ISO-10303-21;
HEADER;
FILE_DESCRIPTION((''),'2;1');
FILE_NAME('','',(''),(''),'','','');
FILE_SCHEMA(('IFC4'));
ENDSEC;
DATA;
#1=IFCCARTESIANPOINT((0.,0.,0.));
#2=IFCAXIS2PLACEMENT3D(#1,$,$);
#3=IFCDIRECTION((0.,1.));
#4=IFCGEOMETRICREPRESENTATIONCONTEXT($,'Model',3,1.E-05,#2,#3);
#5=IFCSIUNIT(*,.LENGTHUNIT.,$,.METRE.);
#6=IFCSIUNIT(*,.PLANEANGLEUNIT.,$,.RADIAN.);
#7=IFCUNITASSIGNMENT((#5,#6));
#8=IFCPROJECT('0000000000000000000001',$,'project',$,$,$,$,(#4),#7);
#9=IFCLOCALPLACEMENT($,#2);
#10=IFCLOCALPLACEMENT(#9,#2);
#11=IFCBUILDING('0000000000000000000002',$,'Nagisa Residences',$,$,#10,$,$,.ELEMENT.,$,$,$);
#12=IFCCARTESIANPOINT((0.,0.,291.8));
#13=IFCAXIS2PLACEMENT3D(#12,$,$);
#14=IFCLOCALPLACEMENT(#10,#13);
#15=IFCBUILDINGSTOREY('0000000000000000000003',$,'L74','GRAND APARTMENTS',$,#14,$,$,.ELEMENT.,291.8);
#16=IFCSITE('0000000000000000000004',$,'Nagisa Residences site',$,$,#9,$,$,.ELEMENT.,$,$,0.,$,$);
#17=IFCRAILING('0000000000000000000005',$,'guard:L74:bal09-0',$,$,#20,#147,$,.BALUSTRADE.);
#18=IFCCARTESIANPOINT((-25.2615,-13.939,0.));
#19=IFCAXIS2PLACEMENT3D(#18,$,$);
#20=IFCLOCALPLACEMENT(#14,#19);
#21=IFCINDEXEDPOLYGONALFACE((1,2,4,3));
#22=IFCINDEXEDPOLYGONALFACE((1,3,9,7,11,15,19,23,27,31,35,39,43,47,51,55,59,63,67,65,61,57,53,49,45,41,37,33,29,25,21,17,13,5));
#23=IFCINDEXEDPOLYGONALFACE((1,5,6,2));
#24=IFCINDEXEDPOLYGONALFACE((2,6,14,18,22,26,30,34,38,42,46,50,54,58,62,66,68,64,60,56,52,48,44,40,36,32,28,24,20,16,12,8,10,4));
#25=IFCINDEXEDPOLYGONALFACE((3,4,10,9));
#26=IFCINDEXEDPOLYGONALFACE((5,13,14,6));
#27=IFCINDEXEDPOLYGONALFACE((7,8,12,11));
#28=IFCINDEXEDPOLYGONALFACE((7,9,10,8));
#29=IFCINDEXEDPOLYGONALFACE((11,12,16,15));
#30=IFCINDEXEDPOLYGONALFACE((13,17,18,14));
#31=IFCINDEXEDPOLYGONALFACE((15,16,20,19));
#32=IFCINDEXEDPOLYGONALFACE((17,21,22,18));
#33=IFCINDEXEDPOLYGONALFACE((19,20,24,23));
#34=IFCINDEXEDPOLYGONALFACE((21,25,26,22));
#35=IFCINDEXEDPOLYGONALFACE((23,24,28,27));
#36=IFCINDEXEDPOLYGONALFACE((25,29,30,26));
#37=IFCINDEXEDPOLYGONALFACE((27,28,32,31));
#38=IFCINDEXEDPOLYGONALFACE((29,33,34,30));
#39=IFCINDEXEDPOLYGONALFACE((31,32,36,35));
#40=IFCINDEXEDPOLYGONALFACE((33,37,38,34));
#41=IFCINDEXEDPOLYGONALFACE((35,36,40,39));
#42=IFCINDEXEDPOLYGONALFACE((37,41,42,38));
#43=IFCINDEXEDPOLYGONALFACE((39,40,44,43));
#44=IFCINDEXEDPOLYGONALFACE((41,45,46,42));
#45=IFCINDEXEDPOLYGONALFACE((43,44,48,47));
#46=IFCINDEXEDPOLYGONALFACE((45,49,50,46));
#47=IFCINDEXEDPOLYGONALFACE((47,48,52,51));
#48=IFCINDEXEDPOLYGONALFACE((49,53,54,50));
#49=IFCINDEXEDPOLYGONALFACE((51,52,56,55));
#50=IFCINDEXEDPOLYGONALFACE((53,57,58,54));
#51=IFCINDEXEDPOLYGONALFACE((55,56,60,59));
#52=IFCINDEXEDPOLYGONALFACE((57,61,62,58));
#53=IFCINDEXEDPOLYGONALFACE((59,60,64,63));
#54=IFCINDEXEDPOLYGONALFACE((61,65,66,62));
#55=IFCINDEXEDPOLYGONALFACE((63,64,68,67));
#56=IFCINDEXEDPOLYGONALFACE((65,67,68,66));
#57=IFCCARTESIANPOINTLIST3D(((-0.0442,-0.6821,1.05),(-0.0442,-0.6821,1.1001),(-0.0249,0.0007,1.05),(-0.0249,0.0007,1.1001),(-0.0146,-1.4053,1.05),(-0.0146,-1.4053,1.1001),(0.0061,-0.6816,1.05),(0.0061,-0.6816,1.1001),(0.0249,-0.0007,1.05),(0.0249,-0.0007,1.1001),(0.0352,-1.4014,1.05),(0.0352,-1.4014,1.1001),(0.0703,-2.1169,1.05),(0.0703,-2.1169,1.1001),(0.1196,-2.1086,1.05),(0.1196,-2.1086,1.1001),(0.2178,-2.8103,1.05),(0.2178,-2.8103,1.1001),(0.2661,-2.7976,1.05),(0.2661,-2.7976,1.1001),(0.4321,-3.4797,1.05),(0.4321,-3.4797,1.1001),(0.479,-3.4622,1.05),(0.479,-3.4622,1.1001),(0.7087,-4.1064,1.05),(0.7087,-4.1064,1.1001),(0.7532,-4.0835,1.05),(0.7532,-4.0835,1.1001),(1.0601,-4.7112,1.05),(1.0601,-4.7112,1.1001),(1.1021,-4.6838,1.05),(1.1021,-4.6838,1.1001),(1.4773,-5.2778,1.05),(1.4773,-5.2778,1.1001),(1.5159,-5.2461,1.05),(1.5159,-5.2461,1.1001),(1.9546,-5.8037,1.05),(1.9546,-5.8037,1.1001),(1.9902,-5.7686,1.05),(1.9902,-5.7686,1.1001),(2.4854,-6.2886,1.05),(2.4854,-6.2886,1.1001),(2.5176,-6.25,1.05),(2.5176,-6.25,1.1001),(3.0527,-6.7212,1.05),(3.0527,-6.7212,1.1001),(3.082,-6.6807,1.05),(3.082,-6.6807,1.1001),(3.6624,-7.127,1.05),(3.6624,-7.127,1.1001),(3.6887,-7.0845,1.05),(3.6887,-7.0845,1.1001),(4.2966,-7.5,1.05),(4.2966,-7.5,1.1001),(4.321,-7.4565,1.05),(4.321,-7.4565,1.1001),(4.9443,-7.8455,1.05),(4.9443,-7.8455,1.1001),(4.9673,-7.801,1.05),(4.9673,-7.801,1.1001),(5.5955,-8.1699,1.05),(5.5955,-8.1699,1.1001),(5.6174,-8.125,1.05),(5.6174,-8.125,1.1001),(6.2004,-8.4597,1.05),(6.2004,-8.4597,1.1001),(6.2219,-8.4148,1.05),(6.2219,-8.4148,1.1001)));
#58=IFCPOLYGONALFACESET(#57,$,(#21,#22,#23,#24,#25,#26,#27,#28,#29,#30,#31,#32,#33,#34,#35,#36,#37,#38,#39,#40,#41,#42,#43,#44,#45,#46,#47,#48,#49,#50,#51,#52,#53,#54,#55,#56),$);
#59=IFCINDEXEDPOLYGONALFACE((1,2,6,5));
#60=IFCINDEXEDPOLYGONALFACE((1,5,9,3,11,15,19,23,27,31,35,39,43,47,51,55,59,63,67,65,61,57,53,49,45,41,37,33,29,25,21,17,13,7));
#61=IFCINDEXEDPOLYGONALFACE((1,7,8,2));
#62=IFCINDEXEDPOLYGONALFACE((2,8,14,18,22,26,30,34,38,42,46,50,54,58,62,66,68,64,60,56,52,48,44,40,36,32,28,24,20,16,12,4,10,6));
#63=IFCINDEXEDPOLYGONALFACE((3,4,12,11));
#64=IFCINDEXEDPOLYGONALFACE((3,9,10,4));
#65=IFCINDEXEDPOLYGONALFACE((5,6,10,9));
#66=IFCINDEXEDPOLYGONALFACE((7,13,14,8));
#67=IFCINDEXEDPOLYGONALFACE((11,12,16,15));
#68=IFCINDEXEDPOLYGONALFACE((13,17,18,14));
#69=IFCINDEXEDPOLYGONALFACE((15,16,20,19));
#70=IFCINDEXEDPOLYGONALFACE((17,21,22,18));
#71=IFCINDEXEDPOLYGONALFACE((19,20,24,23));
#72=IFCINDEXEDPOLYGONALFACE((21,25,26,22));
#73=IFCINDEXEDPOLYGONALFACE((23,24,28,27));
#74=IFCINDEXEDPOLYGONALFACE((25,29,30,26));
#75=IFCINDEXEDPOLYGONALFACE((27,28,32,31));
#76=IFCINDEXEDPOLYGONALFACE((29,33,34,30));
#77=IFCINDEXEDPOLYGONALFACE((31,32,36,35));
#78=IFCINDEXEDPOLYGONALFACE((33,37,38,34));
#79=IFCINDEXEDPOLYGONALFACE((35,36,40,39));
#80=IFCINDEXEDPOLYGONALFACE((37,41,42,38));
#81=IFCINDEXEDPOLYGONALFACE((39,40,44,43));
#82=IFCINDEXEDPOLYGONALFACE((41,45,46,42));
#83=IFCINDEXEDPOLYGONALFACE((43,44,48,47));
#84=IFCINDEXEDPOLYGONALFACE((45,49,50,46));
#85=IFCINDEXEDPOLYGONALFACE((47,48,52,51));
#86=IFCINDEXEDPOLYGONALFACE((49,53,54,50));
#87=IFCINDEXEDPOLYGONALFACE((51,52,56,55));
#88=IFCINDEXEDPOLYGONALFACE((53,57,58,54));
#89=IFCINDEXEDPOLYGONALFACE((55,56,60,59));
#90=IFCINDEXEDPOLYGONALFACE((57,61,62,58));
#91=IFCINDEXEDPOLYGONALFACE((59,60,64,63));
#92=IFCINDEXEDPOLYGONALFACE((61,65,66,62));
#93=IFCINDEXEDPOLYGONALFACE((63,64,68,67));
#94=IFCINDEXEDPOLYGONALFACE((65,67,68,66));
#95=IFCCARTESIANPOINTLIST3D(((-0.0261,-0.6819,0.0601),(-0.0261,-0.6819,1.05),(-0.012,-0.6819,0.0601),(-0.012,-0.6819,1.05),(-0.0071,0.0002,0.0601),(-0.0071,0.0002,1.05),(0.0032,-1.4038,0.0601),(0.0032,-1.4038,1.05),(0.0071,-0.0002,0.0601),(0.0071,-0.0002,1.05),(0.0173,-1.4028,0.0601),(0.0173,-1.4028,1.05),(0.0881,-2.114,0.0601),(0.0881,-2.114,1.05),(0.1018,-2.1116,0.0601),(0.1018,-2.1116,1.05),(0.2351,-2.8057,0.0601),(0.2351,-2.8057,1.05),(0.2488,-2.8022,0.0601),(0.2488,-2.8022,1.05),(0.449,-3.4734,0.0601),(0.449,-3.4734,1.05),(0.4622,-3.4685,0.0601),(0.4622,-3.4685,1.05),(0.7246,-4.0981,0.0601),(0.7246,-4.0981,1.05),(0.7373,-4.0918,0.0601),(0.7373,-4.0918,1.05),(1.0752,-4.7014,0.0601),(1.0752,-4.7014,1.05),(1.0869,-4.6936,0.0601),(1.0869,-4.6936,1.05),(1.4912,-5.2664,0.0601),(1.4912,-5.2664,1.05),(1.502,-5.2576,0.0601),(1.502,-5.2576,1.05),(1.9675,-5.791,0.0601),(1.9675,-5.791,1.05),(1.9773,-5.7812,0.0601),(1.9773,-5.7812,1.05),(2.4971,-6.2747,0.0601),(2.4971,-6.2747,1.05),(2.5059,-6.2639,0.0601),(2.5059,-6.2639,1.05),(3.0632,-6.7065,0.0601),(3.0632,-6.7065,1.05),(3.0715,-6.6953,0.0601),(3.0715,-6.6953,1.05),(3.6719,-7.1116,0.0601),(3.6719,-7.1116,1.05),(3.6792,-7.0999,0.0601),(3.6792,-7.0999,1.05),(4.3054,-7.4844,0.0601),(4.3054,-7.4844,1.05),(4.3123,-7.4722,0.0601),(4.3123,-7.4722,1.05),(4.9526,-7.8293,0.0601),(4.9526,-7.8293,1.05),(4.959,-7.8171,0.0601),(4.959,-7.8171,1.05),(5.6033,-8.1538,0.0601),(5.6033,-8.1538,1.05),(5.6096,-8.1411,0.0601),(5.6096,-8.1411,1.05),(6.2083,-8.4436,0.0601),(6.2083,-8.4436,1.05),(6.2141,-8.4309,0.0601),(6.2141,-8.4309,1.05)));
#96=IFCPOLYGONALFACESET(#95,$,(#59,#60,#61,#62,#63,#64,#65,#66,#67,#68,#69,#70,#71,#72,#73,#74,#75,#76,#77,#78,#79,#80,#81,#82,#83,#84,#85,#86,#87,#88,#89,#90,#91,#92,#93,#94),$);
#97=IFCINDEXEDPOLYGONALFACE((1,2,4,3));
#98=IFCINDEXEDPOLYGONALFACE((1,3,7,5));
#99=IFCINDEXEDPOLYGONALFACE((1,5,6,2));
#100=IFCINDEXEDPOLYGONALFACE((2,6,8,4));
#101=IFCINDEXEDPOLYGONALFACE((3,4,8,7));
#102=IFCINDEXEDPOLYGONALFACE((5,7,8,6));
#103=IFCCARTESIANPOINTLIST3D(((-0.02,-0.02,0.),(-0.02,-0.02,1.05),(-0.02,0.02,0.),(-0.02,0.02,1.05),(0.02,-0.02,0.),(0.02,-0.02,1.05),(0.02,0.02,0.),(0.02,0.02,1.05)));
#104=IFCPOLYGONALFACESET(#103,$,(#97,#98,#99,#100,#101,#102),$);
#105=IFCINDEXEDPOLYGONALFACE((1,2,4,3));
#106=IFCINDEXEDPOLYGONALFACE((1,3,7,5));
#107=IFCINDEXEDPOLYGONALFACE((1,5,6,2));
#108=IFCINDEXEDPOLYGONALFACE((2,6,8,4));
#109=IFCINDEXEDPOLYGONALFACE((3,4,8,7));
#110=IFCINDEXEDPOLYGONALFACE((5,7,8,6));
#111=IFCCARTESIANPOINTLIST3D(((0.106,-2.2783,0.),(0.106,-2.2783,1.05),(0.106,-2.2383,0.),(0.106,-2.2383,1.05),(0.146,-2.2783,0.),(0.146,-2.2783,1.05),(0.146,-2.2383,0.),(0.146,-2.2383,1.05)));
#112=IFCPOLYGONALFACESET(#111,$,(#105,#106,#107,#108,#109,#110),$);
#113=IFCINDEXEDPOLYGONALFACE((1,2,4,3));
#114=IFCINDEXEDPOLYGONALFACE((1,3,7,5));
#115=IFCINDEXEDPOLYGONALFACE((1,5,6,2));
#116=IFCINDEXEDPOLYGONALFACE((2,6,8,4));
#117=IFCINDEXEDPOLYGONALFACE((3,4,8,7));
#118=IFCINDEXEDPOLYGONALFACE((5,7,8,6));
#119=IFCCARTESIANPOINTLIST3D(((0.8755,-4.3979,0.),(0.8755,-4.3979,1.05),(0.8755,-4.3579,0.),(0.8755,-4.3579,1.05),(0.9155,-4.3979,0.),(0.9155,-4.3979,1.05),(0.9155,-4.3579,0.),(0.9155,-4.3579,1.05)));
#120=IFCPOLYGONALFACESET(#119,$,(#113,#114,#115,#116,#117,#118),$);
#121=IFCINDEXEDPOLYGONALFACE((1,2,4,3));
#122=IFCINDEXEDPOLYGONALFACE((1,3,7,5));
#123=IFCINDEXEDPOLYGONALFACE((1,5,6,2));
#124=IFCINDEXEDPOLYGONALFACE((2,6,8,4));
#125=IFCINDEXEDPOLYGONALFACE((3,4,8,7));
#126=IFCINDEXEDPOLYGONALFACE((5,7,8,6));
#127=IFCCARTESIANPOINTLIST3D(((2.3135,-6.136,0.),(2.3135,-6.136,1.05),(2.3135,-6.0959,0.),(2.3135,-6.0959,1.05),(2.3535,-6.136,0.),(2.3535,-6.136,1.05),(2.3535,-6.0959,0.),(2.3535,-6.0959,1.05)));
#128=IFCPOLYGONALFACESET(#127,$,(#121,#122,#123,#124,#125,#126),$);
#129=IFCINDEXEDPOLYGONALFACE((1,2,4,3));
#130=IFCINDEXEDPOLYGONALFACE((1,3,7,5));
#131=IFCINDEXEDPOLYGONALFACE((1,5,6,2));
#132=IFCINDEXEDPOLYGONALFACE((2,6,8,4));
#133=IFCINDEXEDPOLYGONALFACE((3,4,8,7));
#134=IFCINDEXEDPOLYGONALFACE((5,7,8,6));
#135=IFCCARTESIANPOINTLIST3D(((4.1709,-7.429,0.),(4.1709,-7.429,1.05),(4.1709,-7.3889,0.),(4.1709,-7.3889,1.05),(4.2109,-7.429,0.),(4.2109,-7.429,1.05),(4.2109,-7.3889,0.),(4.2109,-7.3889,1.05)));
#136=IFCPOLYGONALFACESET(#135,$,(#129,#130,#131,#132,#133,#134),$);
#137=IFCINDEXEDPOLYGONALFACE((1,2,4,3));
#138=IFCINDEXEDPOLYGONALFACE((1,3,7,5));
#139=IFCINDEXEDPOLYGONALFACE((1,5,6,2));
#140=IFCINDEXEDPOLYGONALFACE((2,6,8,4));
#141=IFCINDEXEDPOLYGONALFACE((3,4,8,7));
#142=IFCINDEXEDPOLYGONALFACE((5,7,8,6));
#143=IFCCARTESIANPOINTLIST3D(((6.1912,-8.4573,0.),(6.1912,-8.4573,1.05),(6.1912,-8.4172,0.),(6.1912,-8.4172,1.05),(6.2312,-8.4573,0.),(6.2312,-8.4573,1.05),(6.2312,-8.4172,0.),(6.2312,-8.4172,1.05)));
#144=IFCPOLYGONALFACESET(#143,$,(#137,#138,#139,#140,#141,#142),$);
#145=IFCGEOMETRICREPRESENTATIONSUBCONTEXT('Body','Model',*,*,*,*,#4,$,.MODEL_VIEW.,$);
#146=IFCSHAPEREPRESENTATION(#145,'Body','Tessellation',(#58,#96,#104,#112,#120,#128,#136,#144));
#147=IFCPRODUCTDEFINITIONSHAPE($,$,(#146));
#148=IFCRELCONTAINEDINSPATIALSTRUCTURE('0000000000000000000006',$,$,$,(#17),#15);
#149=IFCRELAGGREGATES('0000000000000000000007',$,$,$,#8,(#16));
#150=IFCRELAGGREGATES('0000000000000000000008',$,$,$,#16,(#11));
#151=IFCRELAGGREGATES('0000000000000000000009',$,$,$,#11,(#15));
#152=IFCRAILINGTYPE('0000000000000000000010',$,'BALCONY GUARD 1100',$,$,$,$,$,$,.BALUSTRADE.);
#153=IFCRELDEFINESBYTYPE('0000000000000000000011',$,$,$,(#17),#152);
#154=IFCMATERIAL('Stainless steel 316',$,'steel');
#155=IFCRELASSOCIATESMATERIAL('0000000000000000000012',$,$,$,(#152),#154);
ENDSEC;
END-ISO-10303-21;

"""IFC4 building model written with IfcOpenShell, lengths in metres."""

from ifc_helpers import new_model, si_unit, direction, frame, origin, origin_2d, place, context, subcontext, project, spatial, polyline, rectangle, outline, extrude, material, type_object, element, save


model = new_model("IFC4")

# Units and contexts
model_context = context("Model", 3, precision=1e-05, world=origin(), true_north=direction((0.0, 1.0)))
body_context = subcontext(model_context, "Body", "Model", "MODEL_VIEW")
ifc_project = project(units=[si_unit("LENGTHUNIT", "METRE"), si_unit("PLANEANGLEUNIT", "RADIAN")], contexts=[model_context])

# Site, building, storey
site_placement = place(None, origin())
site = spatial("IfcSite", under=ifc_project, at=site_placement, Name="Nagisa Residences site", CompositionType="ELEMENT", RefElevation=0.0)
building_placement = place(site_placement, origin())
building = spatial("IfcBuilding", under=site, at=building_placement, Name="Nagisa Residences", CompositionType="ELEMENT")
storey_placement = place(building_placement, frame((0.0, 0.0, 291.8)))
storey = spatial("IfcBuildingStorey", under=building, at=storey_placement, Name="L74", Description="GRAND APARTMENTS", CompositionType="ELEMENT", Elevation=291.8)

# Railing
ifc_material_1 = material(Name="Stainless steel 316", Category="steel")
railing_type = type_object("IfcRailingType", Name="BALCONY GUARD 1100", PredefinedType="BALUSTRADE", material=ifc_material_1)
railing_1_placement = place(storey_placement, frame((-25.2615, -13.939, 0.0)))
element("IfcRailing", 1, at=railing_1_placement, inside=storey, type_object=railing_type, Name="guard:L74:bal09-0", PredefinedType="BALUSTRADE", context=body_context, shape_type="SweptSolid", body=[
    extrude(outline(polyline([(0.0061, -0.6816), (0.0249, -0.0007), (-0.0249, 0.0007), (-0.0442, -0.6821), (-0.0146, -1.4053), (0.0703, -2.1169), (0.2178, -2.8103), (0.4321, -3.4797), (0.7087, -4.1064), (1.0601, -4.7112), (1.4773, -5.2778), (1.9546, -5.8037), (2.4854, -6.2886), (3.0527, -6.7212), (3.6624, -7.127), (4.2966, -7.5), (4.9443, -7.8455), (5.5955, -8.1699), (6.2004, -8.4597), (6.2219, -8.4148), (5.6174, -8.125), (4.9673, -7.801), (4.321, -7.4565), (3.6887, -7.0845), (3.082, -6.6807), (2.5176, -6.25), (1.9902, -5.7686), (1.5159, -5.2461), (1.1021, -4.6838), (0.7532, -4.0835), (0.479, -3.4622), (0.2661, -2.7976), (0.1196, -2.1086), (0.0352, -1.4014), (0.0061, -0.6816)])), frame((0.0, 0.0, 1.05)), (0.0, 0.0, 1.0), 0.05),
    extrude(outline(polyline([(-0.012, -0.6819), (0.0071, -0.0002), (-0.0071, 0.0002), (-0.0261, -0.6819), (0.0032, -1.4038), (0.0881, -2.114), (0.2351, -2.8057), (0.449, -3.4734), (0.7246, -4.0981), (1.0752, -4.7014), (1.4912, -5.2664), (1.9675, -5.791), (2.4971, -6.2747), (3.0632, -6.7065), (3.6719, -7.1116), (4.3054, -7.4844), (4.9526, -7.8293), (5.6033, -8.1538), (6.2083, -8.4436), (6.2141, -8.4309), (5.6096, -8.1411), (4.959, -7.8171), (4.3123, -7.4722), (3.6792, -7.0999), (3.0715, -6.6953), (2.5059, -6.2639), (1.9773, -5.7812), (1.502, -5.2576), (1.0869, -4.6936), (0.7373, -4.0918), (0.4622, -3.4685), (0.2488, -2.8022), (0.1018, -2.1116), (0.0173, -1.4028), (-0.012, -0.6819)])), frame((0.0, 0.0, 0.0601)), (0.0, 0.0, 1.0), 0.99),
    extrude(rectangle(XDim=0.04, YDim=0.04, at=origin_2d()), origin(), (0.0, 0.0, 1.0), 1.05),
    extrude(rectangle(XDim=0.04, YDim=0.04, at=origin_2d()), frame((0.126, -2.2583, 0.0)), (0.0, 0.0, 1.0), 1.05),
    extrude(rectangle(XDim=0.04, YDim=0.04, at=origin_2d()), frame((0.8955, -4.3779, 0.0)), (0.0, 0.0, 1.0), 1.05),
    extrude(rectangle(XDim=0.04, YDim=0.04, at=origin_2d()), frame((2.3335, -6.116, 0.0)), (0.0, 0.0, 1.0), 1.05),
    extrude(rectangle(XDim=0.04, YDim=0.04, at=origin_2d()), frame((4.1909, -7.4089, 0.0)), (0.0, 0.0, 1.0), 1.05),
    extrude(rectangle(XDim=0.04, YDim=0.04, at=origin_2d()), frame((6.2112, -8.4373, 0.0)), (0.0, 0.0, 1.0), 1.05),
])

save(model, "model.ifc")
